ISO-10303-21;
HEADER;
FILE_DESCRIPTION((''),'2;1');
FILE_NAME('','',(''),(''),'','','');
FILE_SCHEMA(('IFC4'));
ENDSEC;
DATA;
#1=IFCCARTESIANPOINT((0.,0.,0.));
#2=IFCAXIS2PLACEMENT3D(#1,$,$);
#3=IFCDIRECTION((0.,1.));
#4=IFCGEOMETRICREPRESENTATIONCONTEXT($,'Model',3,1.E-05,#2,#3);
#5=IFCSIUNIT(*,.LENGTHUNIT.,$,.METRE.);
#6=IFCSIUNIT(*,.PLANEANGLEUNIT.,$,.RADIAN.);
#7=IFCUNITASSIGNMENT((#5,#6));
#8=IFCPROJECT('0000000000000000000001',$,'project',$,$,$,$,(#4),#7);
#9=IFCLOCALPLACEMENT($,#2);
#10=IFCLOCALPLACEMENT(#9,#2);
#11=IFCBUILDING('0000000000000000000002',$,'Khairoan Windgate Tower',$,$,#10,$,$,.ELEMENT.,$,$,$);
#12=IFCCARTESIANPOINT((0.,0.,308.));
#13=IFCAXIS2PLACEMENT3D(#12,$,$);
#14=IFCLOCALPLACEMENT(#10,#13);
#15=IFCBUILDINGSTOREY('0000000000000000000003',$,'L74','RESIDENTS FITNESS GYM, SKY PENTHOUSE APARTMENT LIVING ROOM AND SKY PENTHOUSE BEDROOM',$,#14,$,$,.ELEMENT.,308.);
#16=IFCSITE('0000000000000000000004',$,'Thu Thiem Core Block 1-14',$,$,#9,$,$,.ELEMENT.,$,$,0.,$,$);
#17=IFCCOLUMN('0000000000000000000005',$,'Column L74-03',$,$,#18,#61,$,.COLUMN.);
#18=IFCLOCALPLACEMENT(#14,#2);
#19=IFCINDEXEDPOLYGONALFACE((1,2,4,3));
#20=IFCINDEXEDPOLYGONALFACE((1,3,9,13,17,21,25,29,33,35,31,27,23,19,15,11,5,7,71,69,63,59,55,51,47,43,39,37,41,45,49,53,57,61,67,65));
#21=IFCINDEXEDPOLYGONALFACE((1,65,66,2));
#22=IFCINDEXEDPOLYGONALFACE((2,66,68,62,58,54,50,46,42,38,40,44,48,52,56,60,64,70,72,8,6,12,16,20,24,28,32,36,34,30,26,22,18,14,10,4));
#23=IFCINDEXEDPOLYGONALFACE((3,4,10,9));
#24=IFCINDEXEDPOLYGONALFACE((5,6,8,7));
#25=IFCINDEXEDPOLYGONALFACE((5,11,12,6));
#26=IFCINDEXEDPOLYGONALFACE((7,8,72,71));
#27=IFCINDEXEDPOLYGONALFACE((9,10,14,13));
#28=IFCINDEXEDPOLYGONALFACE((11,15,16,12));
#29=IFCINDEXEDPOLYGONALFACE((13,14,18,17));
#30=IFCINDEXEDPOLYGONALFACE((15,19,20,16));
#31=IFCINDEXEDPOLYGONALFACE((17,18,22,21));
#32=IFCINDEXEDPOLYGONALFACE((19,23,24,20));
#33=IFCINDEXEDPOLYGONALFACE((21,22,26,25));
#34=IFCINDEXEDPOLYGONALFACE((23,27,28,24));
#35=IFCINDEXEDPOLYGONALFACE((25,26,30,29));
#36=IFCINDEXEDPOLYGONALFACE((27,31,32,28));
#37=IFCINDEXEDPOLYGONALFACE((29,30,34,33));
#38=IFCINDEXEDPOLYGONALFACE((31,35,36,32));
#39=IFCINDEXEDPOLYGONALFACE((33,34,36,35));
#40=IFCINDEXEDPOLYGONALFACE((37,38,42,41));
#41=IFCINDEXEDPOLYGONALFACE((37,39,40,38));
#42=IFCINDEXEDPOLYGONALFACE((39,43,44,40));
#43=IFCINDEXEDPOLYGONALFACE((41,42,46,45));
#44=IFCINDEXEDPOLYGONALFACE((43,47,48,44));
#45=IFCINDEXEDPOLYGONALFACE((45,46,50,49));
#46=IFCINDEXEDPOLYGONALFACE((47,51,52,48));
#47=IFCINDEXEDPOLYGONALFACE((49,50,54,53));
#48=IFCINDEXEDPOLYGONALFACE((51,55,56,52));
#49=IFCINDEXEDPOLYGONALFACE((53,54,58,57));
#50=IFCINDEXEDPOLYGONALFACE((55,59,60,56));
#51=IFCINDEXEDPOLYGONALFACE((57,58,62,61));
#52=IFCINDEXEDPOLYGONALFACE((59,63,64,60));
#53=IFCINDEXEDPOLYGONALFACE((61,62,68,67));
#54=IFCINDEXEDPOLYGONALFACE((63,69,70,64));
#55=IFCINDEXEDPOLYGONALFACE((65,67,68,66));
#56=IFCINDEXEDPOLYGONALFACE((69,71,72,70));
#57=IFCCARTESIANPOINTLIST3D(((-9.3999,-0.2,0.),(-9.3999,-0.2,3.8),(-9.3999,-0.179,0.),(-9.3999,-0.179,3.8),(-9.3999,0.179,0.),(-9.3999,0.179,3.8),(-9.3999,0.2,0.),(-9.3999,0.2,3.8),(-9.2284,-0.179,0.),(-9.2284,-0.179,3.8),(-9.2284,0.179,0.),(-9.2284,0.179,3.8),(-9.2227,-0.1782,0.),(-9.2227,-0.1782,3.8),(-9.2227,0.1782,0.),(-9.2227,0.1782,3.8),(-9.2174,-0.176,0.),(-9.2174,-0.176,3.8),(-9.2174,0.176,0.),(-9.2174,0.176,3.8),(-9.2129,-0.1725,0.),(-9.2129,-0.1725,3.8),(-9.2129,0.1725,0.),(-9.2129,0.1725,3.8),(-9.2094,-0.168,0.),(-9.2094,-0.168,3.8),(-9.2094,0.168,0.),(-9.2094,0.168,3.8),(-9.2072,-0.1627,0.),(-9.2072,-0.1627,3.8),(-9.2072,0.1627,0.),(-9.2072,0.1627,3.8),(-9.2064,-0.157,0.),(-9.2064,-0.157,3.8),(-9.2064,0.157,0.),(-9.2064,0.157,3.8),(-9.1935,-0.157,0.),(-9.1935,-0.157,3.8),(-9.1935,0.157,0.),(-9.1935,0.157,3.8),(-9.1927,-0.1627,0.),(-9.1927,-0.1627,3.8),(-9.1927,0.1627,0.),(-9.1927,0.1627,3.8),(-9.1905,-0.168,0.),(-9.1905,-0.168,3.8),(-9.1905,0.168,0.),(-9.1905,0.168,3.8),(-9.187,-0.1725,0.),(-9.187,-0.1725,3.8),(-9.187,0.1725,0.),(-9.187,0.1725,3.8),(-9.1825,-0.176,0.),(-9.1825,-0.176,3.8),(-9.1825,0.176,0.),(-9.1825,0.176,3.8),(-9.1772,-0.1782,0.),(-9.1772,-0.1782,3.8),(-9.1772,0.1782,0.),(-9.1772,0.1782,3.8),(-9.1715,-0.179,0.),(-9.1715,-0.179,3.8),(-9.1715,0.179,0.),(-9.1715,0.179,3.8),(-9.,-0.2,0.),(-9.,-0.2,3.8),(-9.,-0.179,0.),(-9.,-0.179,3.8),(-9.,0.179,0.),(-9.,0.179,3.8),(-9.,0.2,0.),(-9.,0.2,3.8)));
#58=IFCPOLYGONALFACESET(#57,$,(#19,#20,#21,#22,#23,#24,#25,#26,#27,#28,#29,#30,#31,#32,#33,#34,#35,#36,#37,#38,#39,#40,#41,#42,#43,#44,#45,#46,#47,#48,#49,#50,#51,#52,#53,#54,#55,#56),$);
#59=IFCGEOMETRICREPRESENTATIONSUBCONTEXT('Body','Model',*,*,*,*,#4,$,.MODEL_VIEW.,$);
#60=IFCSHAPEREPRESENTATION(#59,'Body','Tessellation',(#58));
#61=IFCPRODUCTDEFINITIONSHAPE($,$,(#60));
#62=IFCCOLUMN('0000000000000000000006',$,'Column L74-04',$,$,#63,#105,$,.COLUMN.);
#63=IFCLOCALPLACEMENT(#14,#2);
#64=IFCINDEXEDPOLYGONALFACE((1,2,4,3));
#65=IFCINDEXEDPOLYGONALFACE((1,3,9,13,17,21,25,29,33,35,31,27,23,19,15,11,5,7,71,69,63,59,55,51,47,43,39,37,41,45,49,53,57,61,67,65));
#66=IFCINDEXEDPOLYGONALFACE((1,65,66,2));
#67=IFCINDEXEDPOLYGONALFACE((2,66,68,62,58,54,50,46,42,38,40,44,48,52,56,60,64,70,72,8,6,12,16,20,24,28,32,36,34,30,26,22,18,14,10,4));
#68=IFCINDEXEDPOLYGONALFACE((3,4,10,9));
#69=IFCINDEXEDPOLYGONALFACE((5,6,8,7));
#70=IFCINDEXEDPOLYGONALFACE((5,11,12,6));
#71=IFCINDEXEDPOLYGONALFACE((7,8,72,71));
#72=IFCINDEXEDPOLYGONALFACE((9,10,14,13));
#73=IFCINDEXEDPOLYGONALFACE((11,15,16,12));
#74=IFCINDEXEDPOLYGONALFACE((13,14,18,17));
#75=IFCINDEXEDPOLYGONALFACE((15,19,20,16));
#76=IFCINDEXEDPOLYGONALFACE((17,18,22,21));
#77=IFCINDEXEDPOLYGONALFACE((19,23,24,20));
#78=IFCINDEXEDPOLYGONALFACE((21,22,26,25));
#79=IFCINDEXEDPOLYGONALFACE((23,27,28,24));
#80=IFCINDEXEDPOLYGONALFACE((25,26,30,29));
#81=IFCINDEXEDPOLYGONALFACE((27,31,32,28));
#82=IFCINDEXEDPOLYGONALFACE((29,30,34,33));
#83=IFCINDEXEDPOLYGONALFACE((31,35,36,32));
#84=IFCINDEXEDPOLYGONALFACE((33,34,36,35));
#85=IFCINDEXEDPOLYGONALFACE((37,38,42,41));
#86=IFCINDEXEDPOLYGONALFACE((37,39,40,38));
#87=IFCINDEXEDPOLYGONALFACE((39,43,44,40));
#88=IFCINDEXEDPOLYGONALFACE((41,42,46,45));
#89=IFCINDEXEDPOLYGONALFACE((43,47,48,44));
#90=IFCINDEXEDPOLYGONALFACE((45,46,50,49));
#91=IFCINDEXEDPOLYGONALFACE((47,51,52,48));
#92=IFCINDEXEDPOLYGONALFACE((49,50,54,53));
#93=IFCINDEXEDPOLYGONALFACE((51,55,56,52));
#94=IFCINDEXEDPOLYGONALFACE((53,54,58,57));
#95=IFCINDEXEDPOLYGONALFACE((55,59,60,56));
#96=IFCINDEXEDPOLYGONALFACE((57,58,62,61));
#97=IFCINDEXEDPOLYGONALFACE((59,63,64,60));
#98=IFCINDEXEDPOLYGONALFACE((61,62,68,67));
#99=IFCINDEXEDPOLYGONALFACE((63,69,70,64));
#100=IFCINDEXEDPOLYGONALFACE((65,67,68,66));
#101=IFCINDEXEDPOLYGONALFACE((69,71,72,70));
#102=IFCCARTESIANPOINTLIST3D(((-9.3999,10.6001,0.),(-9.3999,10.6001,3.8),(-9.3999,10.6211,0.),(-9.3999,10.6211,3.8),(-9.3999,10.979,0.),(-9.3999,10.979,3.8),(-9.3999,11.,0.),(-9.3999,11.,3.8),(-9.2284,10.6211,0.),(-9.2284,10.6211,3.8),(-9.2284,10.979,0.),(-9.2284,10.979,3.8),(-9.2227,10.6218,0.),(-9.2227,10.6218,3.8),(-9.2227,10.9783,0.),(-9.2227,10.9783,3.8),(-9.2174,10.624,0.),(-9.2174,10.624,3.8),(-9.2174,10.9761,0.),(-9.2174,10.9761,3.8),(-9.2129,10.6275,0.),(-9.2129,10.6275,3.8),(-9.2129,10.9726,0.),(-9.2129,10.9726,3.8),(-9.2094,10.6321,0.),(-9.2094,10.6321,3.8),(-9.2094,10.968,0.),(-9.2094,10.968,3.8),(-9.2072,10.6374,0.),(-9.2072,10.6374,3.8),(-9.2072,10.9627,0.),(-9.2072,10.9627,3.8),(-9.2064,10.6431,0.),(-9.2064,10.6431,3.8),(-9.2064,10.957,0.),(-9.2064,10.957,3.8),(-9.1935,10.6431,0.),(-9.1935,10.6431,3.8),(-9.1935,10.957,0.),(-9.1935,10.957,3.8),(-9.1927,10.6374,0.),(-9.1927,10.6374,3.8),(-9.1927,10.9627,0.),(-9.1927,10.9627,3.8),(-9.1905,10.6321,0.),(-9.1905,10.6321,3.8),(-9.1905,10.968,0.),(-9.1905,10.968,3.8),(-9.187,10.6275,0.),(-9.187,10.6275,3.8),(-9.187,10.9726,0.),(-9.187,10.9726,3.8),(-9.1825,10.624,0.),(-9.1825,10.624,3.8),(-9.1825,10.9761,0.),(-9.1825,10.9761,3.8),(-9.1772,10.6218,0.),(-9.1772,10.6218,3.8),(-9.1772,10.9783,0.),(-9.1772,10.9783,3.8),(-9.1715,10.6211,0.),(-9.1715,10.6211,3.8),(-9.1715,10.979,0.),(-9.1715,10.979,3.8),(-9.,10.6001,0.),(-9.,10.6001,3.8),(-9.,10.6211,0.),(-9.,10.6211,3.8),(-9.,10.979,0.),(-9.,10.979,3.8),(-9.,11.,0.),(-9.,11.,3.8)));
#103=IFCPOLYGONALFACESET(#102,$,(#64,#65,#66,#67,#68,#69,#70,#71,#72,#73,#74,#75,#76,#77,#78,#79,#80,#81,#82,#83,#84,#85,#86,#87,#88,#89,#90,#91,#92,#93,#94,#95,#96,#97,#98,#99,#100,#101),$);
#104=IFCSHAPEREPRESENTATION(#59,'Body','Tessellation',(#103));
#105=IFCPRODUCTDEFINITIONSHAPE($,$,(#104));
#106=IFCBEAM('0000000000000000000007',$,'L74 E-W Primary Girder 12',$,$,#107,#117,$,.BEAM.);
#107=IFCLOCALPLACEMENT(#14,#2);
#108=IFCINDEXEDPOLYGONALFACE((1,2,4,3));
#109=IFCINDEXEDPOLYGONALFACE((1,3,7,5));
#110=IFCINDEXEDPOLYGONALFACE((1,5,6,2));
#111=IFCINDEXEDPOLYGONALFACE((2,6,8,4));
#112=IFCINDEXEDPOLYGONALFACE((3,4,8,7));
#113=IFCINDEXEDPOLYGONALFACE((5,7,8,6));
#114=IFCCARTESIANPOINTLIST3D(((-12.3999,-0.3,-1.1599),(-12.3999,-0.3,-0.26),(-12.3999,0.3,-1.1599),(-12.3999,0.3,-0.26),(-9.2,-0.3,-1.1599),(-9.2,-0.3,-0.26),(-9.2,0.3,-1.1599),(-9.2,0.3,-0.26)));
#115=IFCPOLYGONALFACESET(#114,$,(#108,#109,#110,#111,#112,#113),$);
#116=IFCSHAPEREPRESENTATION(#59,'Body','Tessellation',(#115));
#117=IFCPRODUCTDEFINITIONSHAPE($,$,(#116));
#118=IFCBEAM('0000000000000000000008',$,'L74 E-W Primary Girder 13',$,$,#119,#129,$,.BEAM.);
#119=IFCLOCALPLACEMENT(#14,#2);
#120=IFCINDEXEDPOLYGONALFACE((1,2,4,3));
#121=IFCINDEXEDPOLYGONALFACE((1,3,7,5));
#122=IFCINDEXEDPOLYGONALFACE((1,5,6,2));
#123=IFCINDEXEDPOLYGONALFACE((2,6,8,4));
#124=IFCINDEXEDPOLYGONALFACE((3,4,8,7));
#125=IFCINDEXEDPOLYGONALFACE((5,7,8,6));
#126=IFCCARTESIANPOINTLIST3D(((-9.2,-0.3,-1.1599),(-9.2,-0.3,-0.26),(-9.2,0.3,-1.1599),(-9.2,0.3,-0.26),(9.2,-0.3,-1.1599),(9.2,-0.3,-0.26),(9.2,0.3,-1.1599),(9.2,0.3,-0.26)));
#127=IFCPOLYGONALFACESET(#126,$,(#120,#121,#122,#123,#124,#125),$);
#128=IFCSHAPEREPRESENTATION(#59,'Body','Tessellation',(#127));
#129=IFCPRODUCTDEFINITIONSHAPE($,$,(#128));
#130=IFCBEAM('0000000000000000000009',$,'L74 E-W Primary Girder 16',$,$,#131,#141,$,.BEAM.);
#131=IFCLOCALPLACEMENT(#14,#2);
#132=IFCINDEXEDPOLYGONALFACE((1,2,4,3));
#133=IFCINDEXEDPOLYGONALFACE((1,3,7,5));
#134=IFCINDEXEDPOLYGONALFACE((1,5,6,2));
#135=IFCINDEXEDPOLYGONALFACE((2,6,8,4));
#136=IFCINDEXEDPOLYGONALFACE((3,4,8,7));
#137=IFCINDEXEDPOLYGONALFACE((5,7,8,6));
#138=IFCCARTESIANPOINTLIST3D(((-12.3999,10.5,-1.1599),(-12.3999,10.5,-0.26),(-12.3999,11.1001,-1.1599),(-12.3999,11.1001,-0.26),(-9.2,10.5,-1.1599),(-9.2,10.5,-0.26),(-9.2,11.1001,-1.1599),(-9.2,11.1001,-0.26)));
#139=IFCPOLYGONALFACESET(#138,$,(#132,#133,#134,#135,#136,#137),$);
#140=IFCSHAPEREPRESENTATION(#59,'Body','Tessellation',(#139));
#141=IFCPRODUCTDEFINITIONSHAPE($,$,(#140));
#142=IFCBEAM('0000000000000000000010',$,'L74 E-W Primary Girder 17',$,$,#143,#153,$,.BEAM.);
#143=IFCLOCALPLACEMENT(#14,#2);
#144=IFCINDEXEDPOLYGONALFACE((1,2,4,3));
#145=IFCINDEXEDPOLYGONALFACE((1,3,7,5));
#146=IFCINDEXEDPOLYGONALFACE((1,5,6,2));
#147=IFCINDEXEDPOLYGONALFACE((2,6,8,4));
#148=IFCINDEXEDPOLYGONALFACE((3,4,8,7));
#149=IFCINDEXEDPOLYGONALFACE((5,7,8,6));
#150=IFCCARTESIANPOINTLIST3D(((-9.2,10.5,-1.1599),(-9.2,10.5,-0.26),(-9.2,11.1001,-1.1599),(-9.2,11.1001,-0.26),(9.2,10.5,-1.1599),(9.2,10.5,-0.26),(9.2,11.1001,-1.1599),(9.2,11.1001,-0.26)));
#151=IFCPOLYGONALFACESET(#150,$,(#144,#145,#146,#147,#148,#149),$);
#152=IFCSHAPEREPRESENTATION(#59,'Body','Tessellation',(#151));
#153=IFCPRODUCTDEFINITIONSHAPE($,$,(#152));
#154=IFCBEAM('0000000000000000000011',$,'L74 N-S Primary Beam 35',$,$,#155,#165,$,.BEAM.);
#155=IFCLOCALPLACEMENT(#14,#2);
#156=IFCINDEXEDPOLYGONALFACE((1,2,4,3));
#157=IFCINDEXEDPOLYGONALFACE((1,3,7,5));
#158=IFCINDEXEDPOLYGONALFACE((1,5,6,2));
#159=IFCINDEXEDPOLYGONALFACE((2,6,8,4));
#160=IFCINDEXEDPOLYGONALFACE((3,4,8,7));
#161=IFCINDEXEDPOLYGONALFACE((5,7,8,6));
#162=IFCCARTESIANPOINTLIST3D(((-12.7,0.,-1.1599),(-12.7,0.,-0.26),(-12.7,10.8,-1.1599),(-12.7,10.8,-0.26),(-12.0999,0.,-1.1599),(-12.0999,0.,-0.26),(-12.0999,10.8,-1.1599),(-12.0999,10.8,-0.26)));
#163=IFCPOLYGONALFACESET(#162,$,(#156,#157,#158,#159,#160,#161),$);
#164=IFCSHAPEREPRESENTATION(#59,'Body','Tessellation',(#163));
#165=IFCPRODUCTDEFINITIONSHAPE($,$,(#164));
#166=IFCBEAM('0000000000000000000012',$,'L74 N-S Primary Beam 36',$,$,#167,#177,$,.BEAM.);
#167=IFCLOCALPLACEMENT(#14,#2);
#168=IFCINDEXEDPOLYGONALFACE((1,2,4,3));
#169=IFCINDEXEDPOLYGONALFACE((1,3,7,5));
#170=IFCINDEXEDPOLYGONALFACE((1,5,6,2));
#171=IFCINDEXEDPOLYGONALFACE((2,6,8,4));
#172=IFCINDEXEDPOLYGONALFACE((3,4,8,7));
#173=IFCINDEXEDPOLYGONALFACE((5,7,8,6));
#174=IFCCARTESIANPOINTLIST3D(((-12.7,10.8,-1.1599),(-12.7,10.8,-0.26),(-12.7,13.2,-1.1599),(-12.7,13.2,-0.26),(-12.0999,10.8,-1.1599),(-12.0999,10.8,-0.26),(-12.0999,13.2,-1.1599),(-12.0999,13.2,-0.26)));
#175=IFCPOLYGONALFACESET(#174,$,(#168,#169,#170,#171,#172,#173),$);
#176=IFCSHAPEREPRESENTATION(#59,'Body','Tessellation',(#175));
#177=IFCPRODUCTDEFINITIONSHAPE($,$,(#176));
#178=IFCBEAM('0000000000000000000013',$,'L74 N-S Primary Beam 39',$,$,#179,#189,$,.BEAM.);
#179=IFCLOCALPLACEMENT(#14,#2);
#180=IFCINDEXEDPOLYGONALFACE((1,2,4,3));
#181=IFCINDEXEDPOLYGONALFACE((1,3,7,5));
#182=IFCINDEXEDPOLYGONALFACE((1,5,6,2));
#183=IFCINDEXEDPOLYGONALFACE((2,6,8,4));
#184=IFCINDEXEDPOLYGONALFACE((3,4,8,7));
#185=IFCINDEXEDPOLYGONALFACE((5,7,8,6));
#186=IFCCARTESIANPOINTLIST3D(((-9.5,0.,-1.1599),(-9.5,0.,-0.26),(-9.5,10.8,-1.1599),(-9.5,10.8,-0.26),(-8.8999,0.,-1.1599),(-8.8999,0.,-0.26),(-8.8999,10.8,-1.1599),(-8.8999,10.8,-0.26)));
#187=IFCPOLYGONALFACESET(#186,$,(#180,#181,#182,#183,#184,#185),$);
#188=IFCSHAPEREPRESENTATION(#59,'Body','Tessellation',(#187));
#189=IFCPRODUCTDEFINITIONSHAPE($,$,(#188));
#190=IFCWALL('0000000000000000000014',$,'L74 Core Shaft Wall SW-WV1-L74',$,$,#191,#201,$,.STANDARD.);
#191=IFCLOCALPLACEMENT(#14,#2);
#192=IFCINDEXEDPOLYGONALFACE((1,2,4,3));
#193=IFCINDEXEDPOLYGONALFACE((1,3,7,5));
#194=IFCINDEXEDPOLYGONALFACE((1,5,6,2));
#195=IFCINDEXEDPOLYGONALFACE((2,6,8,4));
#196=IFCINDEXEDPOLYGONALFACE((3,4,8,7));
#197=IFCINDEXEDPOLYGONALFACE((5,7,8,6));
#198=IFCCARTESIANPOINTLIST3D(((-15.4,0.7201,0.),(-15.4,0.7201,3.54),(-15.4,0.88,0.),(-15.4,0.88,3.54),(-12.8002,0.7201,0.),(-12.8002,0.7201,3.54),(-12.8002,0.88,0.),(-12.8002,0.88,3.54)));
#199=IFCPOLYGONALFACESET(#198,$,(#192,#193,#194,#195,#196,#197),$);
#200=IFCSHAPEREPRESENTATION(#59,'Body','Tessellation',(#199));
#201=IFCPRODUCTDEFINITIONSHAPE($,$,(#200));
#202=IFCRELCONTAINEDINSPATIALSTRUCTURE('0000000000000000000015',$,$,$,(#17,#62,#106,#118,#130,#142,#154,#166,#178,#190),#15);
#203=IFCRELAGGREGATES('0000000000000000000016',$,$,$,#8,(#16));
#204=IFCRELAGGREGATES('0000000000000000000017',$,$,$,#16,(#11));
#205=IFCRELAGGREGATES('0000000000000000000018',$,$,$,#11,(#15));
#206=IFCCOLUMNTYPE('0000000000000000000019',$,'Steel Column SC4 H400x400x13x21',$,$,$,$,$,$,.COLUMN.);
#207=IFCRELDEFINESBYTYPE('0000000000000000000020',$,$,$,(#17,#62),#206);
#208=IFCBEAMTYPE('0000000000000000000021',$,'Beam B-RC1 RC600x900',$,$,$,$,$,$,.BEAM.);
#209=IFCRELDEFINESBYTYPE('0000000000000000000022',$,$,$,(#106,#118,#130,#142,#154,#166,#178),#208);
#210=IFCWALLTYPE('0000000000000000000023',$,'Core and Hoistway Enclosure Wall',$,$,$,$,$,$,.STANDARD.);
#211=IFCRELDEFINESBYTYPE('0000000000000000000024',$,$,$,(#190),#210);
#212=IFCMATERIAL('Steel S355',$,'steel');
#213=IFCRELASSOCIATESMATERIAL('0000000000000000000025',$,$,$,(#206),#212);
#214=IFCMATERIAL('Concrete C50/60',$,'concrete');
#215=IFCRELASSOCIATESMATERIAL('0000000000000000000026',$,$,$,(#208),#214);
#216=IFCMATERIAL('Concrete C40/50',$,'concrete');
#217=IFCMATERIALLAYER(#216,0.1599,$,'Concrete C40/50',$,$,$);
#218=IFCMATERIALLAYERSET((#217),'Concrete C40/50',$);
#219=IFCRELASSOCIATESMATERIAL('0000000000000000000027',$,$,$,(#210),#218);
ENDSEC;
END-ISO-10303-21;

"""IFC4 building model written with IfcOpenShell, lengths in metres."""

from ifc_helpers import new_model, si_unit, direction, frame, frame_2d, origin, origin_2d, place, context, subcontext, project, spatial, rectangle, i_section, extrude, material, layer, layer_set, material_profile, profile_set, type_object, element, save


model = new_model("IFC4")

# Units and contexts
model_context = context("Model", 3, precision=1e-05, world=origin(), true_north=direction((0.0, 1.0)))
body_context = subcontext(model_context, "Body", "Model", "MODEL_VIEW")
ifc_project = project(units=[si_unit("LENGTHUNIT", "METRE"), si_unit("PLANEANGLEUNIT", "RADIAN")], contexts=[model_context])

# Site, building, storey
site_placement = place(None, origin())
site = spatial("IfcSite", under=ifc_project, at=site_placement, Name="Thu Thiem Core Block 1-14", CompositionType="ELEMENT", RefElevation=0.0)
building_placement = place(site_placement, origin())
building = spatial("IfcBuilding", under=site, at=building_placement, Name="Khairoan Windgate Tower", CompositionType="ELEMENT")
storey_placement = place(building_placement, frame((0.0, 0.0, 308.0)))
storey = spatial("IfcBuildingStorey", under=building, at=storey_placement, Name="L74", Description="RESIDENTS FITNESS GYM, SKY PENTHOUSE APARTMENT LIVING ROOM AND SKY PENTHOUSE BEDROOM", CompositionType="ELEMENT", Elevation=308.0)

# Columns
ifc_material_1 = material(Name="Steel S355", Category="steel")
ifc_material_profile_1 = material_profile(ifc_material_1, i_section(OverallWidth=0.3999, OverallDepth=0.3999, WebThickness=0.0129, FlangeThickness=0.021, FilletRadius=0.022, at=origin_2d()))
ifc_profile_set_1 = profile_set([ifc_material_profile_1], Name="Steel S355")
column_type = type_object("IfcColumnType", Name="Steel Column SC4 H400x400x13x21", PredefinedType="COLUMN", material=ifc_profile_set_1)
for number, where, z_axis, x_axis, name in (
    (1, (-9.2, 0.0, 0.0), (0.0, 0.0, 1.0), (1.0, 0.0, 0.0), "Column L74-03"),
    (2, (-9.2, 10.8, 0.0), (0.0, 0.0, 1.0), (1.0, 0.0, 0.0), "Column L74-04"),
):
    element("IfcColumn", number, at=place(storey_placement, frame(where, z_axis=z_axis, x_axis=x_axis)), inside=storey, type_object=column_type, Name=name, PredefinedType="COLUMN", context=body_context, shape_type="SweptSolid", body=[
        extrude(i_section(OverallWidth=0.3999, OverallDepth=0.3999, WebThickness=0.0129, FlangeThickness=0.021, FilletRadius=0.022, at=origin_2d()), origin(), (0.0, 0.0, 1.0), 3.8),
    ])

# Beams
ifc_material_2 = material(Name="Concrete C50/60", Category="concrete")
ifc_material_profile_2 = material_profile(ifc_material_2, rectangle(XDim=0.6001, YDim=0.8999, at=origin_2d()))
ifc_profile_set_2 = profile_set([ifc_material_profile_2], Name="Concrete C50/60")
beam_type = type_object("IfcBeamType", Name="Beam B-RC1 RC600x900", PredefinedType="BEAM", material=ifc_profile_set_2)
beam_1_placement = place(storey_placement, frame((-12.3999, 0.0, -0.71), z_axis=(1.0, 0.0, 0.0), x_axis=(0.0, 1.0, 0.0)))
element("IfcBeam", 3, at=beam_1_placement, inside=storey, type_object=beam_type, Name="L74 E-W Primary Girder 12", PredefinedType="BEAM", context=body_context, shape_type="SweptSolid", body=[
    extrude(rectangle(XDim=0.6001, YDim=0.8999, at=origin_2d()), origin(), (0.0, 0.0, 1.0), 3.2),
])
beam_2_placement = place(storey_placement, frame((-9.2, 0.0, -0.71), z_axis=(1.0, 0.0, 0.0), x_axis=(0.0, 1.0, 0.0)))
element("IfcBeam", 4, at=beam_2_placement, inside=storey, type_object=beam_type, Name="L74 E-W Primary Girder 13", PredefinedType="BEAM", context=body_context, shape_type="SweptSolid", body=[
    extrude(rectangle(XDim=0.6001, YDim=0.8999, at=origin_2d()), origin(), (0.0, 0.0, 1.0), 18.3999),
])
beam_3_placement = place(storey_placement, frame((-12.3999, 10.8, -0.71), z_axis=(1.0, 0.0, 0.0), x_axis=(0.0, 1.0, 0.0)))
element("IfcBeam", 5, at=beam_3_placement, inside=storey, type_object=beam_type, Name="L74 E-W Primary Girder 16", PredefinedType="BEAM", context=body_context, shape_type="SweptSolid", body=[
    extrude(rectangle(XDim=0.6001, YDim=0.8999, at=origin_2d()), origin(), (0.0, 0.0, 1.0), 3.2),
])
beam_4_placement = place(storey_placement, frame((-9.2, 10.8, -0.71), z_axis=(1.0, 0.0, 0.0), x_axis=(0.0, 1.0, 0.0)))
element("IfcBeam", 6, at=beam_4_placement, inside=storey, type_object=beam_type, Name="L74 E-W Primary Girder 17", PredefinedType="BEAM", context=body_context, shape_type="SweptSolid", body=[
    extrude(rectangle(XDim=0.6001, YDim=0.8999, at=origin_2d()), origin(), (0.0, 0.0, 1.0), 18.3999),
])
beam_5_placement = place(storey_placement, frame((-12.3999, 0.0, -0.71), z_axis=(0.0, 1.0, 0.0), x_axis=(-1.0, 0.0, 0.0)))
element("IfcBeam", 7, at=beam_5_placement, inside=storey, type_object=beam_type, Name="L74 N-S Primary Beam 35", PredefinedType="BEAM", context=body_context, shape_type="SweptSolid", body=[
    extrude(rectangle(XDim=0.6001, YDim=0.8999, at=origin_2d()), origin(), (0.0, 0.0, 1.0), 10.8),
])
beam_6_placement = place(storey_placement, frame((-12.3999, 10.8, -0.71), z_axis=(0.0, 1.0, 0.0), x_axis=(-1.0, 0.0, 0.0)))
element("IfcBeam", 8, at=beam_6_placement, inside=storey, type_object=beam_type, Name="L74 N-S Primary Beam 36", PredefinedType="BEAM", context=body_context, shape_type="SweptSolid", body=[
    extrude(rectangle(XDim=0.6001, YDim=0.8999, at=origin_2d()), origin(), (0.0, 0.0, 1.0), 2.3999),
])
beam_7_placement = place(storey_placement, frame((-9.2, 0.0, -0.71), z_axis=(0.0, 1.0, 0.0), x_axis=(-1.0, 0.0, 0.0)))
element("IfcBeam", 9, at=beam_7_placement, inside=storey, type_object=beam_type, Name="L74 N-S Primary Beam 39", PredefinedType="BEAM", context=body_context, shape_type="SweptSolid", body=[
    extrude(rectangle(XDim=0.6001, YDim=0.8999, at=origin_2d()), origin(), (0.0, 0.0, 1.0), 10.8),
])

# Wall
ifc_material_3 = material(Name="Concrete C40/50", Category="concrete")
ifc_layer_1 = layer(ifc_material_3, 0.1599, Name="Concrete C40/50")
ifc_layer_set_1 = layer_set([ifc_layer_1], Name="Concrete C40/50")
wall_type_1 = type_object("IfcWallType", Name="Core and Hoistway Enclosure Wall", PredefinedType="STANDARD", material=ifc_layer_set_1)
wall_1_placement = place(storey_placement, frame((-15.3999, 0.8, 0.0), z_axis=(0.0, 0.0, 1.0), x_axis=(1.0, 0.0, 0.0)))
element("IfcWall", 10, at=wall_1_placement, inside=storey, type_object=wall_type_1, Name="L74 Core Shaft Wall SW-WV1-L74", PredefinedType="STANDARD", context=body_context, shape_type="SweptSolid", body=[
    extrude(rectangle(XDim=2.5999, YDim=0.1599, at=frame_2d((1.2998, 0.0))), origin(), (0.0, 0.0, 1.0), 3.54),
])

save(model, "model.ifc")
